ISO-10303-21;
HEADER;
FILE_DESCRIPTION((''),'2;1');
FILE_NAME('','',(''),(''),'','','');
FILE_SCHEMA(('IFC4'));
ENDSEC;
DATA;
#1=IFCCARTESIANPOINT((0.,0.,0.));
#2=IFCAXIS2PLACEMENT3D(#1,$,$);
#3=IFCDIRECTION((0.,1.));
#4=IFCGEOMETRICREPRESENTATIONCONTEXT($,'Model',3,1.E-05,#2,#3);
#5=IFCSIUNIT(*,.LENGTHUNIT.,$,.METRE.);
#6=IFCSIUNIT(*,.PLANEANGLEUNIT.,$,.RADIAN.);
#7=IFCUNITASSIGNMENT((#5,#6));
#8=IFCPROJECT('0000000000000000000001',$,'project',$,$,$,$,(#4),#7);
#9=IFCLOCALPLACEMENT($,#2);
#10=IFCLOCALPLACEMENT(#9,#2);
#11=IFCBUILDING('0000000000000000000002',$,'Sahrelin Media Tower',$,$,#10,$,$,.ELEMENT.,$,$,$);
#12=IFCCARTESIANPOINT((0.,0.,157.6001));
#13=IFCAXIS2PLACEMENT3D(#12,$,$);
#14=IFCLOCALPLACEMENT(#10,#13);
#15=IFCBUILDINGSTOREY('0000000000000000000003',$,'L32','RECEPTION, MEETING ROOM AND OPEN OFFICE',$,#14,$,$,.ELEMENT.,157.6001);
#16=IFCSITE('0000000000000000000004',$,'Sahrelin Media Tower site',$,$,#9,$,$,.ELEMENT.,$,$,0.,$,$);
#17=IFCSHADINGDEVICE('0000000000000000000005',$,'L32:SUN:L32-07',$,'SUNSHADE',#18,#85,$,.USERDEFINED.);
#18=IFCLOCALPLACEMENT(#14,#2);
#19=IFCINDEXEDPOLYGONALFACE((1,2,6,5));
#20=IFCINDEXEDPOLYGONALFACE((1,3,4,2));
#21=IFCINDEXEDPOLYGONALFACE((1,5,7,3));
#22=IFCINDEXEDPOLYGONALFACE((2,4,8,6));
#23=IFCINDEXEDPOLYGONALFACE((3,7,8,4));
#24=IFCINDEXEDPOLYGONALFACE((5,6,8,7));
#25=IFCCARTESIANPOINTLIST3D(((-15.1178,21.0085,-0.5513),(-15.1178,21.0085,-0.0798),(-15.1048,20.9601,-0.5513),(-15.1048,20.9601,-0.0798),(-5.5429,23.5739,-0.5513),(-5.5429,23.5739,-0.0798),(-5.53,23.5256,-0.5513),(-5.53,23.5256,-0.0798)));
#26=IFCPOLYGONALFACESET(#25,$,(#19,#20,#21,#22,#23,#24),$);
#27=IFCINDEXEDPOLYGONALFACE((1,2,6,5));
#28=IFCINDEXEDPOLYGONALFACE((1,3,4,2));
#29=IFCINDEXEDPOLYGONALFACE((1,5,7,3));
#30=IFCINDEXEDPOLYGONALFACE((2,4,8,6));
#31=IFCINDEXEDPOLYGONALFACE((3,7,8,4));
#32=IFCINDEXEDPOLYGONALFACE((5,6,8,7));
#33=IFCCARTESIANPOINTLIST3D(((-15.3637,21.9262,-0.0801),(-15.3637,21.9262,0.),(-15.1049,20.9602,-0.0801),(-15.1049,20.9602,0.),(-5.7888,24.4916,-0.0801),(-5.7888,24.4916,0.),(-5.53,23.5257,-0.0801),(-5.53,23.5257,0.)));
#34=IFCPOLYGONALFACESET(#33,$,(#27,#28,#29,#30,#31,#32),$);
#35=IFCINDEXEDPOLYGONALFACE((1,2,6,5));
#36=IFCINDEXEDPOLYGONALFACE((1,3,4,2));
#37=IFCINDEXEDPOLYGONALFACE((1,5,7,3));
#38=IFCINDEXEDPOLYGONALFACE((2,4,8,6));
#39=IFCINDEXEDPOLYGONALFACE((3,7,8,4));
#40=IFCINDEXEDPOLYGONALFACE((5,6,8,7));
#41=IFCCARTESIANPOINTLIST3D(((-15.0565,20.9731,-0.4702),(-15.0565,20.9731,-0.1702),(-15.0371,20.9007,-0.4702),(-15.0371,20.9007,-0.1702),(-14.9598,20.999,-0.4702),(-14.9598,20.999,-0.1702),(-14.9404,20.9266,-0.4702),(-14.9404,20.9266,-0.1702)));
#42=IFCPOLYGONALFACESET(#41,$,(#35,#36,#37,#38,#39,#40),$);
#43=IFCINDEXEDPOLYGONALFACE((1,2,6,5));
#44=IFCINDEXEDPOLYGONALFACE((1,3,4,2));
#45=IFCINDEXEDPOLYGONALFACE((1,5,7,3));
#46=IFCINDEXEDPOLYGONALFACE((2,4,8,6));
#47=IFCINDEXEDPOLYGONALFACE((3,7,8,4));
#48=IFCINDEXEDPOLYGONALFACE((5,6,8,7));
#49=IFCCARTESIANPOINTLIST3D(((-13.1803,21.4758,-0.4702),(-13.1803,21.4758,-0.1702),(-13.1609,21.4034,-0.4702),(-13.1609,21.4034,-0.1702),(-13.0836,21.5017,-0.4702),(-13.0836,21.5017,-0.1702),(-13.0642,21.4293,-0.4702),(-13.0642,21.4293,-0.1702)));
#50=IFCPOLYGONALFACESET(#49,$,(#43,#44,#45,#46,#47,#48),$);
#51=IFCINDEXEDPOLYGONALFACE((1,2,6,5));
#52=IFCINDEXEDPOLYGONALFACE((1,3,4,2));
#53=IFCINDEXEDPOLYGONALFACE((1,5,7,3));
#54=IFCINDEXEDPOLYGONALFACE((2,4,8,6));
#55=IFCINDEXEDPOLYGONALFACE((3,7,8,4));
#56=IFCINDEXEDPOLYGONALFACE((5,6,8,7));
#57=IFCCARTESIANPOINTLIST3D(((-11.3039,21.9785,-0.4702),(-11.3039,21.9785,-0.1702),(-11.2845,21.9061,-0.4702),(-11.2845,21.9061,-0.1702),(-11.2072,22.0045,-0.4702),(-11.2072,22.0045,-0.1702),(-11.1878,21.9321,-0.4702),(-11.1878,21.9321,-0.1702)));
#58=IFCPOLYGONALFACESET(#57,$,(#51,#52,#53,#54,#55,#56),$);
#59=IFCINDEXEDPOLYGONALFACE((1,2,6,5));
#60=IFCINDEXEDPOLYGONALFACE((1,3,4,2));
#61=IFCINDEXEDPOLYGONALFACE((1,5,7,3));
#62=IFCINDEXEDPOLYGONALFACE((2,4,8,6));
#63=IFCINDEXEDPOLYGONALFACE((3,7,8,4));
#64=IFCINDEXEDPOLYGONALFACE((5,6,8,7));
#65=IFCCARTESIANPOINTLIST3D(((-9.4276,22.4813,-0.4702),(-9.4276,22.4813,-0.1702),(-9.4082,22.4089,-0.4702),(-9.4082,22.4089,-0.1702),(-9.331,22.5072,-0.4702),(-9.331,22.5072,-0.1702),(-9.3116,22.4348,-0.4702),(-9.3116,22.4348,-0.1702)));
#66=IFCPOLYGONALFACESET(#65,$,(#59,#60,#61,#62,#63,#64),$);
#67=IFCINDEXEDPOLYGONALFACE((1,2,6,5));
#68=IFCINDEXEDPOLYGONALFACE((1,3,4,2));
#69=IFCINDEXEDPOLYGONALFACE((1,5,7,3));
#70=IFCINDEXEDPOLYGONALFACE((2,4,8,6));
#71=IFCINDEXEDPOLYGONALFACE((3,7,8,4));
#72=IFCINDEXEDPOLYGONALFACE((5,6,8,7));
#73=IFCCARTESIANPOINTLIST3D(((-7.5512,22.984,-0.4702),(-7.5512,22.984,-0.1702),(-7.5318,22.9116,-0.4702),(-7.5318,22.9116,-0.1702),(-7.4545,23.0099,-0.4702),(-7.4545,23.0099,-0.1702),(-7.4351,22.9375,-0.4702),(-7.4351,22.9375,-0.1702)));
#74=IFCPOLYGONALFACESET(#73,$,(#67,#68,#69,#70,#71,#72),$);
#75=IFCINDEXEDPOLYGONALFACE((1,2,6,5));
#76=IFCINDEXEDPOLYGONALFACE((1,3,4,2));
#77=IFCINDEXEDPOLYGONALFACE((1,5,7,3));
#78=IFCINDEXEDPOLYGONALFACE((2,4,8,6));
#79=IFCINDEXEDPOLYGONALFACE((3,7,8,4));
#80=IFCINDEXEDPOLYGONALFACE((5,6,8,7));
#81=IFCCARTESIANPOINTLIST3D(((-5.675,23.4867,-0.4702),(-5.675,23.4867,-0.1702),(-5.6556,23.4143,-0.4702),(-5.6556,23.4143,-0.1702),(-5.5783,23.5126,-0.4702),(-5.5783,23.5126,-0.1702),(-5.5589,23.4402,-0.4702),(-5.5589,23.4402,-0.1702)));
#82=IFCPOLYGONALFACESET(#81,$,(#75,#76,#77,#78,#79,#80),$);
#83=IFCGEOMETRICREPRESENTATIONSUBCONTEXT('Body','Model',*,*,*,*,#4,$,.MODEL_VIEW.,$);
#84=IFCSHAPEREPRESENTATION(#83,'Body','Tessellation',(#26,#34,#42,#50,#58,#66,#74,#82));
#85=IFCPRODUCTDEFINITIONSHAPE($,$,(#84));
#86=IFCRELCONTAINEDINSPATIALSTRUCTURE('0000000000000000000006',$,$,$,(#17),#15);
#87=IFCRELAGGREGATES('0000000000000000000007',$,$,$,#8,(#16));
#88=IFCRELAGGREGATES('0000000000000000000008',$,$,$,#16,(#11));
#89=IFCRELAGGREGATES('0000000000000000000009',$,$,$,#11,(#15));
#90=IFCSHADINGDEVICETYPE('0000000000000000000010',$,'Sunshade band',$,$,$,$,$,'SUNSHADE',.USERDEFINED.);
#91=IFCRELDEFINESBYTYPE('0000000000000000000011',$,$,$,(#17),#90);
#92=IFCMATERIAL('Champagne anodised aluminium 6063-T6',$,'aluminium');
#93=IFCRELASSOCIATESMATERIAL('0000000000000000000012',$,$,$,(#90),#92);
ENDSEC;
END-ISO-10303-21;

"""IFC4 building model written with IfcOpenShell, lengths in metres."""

from ifc_helpers import new_model, si_unit, direction, frame, origin, origin_2d, place, context, subcontext, project, spatial, rectangle, extrude, material, type_object, element, save


model = new_model("IFC4")

# Units and contexts
model_context = context("Model", 3, precision=1e-05, world=origin(), true_north=direction((0.0, 1.0)))
body_context = subcontext(model_context, "Body", "Model", "MODEL_VIEW")
ifc_project = project(units=[si_unit("LENGTHUNIT", "METRE"), si_unit("PLANEANGLEUNIT", "RADIAN")], contexts=[model_context])

# Site, building, storey
site_placement = place(None, origin())
site = spatial("IfcSite", under=ifc_project, at=site_placement, Name="Sahrelin Media Tower site", CompositionType="ELEMENT", RefElevation=0.0)
building_placement = place(site_placement, origin())
building = spatial("IfcBuilding", under=site, at=building_placement, Name="Sahrelin Media Tower", CompositionType="ELEMENT")
storey_placement = place(building_placement, frame((0.0, 0.0, 157.6001)))
storey = spatial("IfcBuildingStorey", under=building, at=storey_placement, Name="L32", Description="RECEPTION, MEETING ROOM AND OPEN OFFICE", CompositionType="ELEMENT", Elevation=157.6001)

# Shared definitions
ifc_material_1 = material(Name="Champagne anodised aluminium 6063-T6", Category="aluminium")

# Shading device
placement = place(storey_placement, frame((-10.3123, 22.2236, 0.0), z_axis=(0.0, 0.0, 1.0), x_axis=(0.965929, 0.258808, 0.0)))
shading_device_type_1 = type_object("IfcShadingDeviceType", Name="Sunshade band", ElementType="SUNSHADE", PredefinedType="USERDEFINED", material=ifc_material_1)
element("IfcShadingDevice", 1, at=placement, inside=storey, type_object=shading_device_type_1, Name="L32:SUN:L32-07", ObjectType="SUNSHADE", PredefinedType="USERDEFINED", context=body_context, shape_type="SweptSolid", body=[
    extrude(rectangle(XDim=9.9126, YDim=0.05, at=origin_2d()), frame((0.0, 0.0449, -0.5513)), (0.0, 0.0, 1.0), 0.4714),
    extrude(rectangle(XDim=9.9126, YDim=1.0, at=origin_2d()), frame((0.0, 0.52, -0.0801)), (0.0, 0.0, 1.0), 0.0801),
    extrude(rectangle(XDim=0.1001, YDim=0.075, at=origin_2d()), frame((-4.8562, -0.0176, -0.4702)), (0.0, 0.0, 1.0), 0.3),
    extrude(rectangle(XDim=0.1001, YDim=0.075, at=origin_2d()), frame((-2.9138, -0.0176, -0.4702)), (0.0, 0.0, 1.0), 0.3),
    extrude(rectangle(XDim=0.1001, YDim=0.075, at=origin_2d()), frame((-0.9712, -0.0176, -0.4702)), (0.0, 0.0, 1.0), 0.3),
    extrude(rectangle(XDim=0.1001, YDim=0.075, at=origin_2d()), frame((0.9712, -0.0176, -0.4702)), (0.0, 0.0, 1.0), 0.3),
    extrude(rectangle(XDim=0.1001, YDim=0.075, at=origin_2d()), frame((2.9138, -0.0176, -0.4702)), (0.0, 0.0, 1.0), 0.3),
    extrude(rectangle(XDim=0.1001, YDim=0.075, at=origin_2d()), frame((4.8562, -0.0176, -0.4702)), (0.0, 0.0, 1.0), 0.3),
])

save(model, "model.ifc")
